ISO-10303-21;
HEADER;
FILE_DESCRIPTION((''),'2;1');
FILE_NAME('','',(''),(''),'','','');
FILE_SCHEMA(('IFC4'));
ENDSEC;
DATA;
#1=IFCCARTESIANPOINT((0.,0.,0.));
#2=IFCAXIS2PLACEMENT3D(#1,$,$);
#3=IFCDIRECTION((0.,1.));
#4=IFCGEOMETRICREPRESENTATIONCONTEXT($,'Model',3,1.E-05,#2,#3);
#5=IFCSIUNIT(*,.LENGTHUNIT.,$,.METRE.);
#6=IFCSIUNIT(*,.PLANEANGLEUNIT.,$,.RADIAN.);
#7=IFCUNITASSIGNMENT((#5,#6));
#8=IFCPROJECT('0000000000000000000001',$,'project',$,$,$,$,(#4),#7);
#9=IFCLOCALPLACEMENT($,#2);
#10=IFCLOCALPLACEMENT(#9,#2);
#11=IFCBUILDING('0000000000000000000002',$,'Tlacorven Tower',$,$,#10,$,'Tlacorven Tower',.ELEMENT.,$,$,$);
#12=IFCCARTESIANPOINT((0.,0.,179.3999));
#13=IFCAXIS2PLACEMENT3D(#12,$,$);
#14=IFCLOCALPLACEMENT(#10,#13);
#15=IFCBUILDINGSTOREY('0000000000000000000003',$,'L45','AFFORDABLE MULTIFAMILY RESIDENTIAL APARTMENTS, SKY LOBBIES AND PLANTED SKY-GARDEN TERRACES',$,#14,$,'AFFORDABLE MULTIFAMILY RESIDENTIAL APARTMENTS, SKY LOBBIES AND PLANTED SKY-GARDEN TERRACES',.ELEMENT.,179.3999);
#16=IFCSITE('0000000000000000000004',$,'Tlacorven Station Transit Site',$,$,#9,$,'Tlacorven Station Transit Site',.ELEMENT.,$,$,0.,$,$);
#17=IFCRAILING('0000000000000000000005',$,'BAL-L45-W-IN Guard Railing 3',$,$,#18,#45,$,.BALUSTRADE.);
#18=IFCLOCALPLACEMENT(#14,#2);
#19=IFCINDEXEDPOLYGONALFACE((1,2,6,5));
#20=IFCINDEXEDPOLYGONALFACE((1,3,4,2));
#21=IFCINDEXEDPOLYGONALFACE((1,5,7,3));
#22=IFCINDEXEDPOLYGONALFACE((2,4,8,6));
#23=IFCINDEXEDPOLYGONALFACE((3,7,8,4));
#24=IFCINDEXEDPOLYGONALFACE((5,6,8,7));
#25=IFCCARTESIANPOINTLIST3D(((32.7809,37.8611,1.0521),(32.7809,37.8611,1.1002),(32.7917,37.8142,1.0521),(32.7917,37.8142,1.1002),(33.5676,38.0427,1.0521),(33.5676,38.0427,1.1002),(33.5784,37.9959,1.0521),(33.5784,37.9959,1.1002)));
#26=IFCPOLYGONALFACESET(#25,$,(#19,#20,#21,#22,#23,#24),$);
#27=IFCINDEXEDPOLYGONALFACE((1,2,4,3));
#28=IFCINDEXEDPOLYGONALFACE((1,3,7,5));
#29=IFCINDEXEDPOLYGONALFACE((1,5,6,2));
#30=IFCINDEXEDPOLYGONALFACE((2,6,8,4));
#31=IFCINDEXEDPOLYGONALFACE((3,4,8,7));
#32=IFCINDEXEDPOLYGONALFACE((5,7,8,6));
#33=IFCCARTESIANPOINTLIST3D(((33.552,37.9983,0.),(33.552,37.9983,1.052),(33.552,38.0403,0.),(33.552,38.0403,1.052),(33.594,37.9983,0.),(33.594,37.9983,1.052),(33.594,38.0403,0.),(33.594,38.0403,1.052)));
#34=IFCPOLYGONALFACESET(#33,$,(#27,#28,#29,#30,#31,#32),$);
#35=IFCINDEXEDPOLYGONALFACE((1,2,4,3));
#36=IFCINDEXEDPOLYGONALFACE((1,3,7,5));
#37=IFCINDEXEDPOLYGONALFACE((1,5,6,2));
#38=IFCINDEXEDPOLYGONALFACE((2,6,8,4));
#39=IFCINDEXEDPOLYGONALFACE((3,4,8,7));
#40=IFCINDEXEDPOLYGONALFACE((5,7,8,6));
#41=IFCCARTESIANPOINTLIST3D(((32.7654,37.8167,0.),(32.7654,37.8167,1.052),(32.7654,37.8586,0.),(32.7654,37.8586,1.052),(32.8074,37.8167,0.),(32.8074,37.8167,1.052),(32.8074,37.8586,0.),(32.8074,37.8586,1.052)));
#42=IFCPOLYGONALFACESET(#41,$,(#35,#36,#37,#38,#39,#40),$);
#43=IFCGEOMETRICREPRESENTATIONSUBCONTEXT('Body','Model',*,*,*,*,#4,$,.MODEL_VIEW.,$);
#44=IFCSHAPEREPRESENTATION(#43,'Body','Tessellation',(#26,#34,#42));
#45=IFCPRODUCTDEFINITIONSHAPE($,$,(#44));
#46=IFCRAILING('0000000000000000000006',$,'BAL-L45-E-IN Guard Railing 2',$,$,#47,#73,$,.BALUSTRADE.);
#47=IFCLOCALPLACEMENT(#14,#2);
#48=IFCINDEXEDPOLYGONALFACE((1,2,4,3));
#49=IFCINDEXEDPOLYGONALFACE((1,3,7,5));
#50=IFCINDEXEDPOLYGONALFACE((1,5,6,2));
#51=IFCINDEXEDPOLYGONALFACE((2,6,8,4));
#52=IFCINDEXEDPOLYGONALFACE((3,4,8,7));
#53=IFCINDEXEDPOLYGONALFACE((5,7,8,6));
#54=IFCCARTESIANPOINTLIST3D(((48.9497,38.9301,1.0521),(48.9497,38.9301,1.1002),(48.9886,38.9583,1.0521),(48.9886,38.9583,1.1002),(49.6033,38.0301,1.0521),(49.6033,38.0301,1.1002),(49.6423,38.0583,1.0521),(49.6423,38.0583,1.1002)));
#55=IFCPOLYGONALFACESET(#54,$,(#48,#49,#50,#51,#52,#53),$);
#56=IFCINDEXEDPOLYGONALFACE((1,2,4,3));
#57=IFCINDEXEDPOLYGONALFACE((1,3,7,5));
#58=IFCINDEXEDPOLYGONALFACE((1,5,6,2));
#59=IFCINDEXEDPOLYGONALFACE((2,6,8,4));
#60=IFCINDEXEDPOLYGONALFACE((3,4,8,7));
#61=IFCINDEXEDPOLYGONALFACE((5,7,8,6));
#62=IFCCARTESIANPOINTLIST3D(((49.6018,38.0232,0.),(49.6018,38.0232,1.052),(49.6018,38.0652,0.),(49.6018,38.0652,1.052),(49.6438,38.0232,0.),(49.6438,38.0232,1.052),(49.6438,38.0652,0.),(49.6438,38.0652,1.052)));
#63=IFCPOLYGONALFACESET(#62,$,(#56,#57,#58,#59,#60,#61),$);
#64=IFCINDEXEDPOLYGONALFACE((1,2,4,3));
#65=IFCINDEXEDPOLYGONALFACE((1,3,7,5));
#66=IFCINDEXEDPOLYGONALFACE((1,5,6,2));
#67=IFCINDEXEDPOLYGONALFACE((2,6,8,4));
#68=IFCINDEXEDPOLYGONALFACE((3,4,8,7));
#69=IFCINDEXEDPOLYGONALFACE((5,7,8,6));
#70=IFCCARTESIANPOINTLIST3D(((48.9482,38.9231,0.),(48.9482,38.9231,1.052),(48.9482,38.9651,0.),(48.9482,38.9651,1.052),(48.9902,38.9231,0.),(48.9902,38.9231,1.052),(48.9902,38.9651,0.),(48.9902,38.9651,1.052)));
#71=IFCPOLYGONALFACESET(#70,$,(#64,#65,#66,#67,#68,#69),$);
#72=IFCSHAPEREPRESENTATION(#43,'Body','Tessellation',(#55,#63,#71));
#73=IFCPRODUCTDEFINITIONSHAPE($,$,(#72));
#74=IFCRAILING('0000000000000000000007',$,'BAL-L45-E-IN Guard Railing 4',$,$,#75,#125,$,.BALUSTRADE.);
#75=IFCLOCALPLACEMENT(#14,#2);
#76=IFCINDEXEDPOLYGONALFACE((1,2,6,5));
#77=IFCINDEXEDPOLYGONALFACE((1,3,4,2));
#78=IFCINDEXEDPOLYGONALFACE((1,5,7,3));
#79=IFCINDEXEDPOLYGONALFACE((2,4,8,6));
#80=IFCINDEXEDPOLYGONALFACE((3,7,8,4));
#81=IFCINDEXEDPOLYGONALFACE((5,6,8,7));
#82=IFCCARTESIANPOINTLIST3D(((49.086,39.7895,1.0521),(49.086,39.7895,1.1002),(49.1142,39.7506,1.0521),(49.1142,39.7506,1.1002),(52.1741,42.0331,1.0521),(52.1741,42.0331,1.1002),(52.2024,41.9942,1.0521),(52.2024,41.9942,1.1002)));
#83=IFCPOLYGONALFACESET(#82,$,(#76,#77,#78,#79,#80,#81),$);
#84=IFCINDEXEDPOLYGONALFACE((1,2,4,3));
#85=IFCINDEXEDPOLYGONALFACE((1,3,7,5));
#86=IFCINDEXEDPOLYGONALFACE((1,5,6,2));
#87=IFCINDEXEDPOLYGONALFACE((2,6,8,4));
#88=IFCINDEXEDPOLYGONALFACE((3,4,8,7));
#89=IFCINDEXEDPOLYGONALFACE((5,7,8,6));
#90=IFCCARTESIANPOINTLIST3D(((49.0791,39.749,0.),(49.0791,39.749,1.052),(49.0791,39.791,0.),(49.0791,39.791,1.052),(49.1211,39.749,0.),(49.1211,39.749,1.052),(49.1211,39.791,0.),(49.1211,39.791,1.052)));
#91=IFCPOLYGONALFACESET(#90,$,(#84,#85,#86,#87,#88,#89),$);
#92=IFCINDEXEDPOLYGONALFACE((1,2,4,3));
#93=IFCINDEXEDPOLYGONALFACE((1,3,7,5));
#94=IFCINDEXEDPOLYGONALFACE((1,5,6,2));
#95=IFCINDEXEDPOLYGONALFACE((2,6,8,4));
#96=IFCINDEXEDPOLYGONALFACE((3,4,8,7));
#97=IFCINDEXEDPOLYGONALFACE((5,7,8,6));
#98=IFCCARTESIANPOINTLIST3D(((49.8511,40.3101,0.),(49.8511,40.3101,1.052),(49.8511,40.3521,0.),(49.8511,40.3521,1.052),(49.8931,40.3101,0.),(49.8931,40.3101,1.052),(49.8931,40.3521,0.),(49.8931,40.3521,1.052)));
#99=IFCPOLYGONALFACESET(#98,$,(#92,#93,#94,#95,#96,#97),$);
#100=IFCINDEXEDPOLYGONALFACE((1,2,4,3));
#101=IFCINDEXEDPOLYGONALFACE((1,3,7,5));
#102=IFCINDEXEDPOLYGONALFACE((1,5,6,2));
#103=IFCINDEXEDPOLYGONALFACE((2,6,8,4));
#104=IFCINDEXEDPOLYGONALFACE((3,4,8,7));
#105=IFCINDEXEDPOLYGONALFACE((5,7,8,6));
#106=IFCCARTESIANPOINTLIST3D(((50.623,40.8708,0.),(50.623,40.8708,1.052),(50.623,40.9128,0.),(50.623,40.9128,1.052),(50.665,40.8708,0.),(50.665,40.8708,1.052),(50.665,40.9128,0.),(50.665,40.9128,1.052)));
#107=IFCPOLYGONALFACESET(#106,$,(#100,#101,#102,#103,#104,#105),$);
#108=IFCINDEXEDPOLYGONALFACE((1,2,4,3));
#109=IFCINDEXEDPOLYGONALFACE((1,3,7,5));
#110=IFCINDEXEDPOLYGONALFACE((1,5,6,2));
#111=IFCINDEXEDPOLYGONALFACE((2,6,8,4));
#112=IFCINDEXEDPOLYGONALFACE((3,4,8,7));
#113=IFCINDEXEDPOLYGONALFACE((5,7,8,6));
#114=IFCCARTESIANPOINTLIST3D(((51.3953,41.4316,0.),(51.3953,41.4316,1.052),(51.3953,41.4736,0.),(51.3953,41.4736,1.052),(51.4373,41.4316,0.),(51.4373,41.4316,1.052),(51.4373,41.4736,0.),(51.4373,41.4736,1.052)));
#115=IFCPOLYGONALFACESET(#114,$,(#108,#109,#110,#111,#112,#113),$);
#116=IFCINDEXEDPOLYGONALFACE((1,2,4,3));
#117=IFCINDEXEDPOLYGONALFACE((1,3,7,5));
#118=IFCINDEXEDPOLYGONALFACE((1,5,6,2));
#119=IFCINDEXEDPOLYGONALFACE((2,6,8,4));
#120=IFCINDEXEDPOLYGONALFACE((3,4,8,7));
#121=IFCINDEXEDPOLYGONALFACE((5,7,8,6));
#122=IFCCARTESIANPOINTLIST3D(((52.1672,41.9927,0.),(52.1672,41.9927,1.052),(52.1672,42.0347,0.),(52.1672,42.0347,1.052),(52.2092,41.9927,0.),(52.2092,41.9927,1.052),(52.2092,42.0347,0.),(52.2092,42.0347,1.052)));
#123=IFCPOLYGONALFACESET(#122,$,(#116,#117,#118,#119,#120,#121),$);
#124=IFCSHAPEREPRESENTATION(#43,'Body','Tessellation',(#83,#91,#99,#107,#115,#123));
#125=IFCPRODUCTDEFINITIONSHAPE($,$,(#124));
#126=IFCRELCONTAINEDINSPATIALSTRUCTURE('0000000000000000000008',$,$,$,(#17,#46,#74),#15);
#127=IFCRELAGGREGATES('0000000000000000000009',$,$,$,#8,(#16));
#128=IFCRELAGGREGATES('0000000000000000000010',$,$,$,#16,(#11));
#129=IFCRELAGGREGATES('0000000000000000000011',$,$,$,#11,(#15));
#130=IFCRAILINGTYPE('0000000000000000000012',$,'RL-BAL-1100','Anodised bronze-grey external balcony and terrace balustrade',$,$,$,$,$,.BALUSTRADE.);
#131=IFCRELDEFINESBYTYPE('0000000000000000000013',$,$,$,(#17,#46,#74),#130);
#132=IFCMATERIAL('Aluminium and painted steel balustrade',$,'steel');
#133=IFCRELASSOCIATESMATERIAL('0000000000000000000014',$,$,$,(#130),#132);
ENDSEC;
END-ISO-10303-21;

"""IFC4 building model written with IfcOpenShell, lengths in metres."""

from ifc_helpers import new_model, si_unit, direction, frame, origin, origin_2d, place, context, subcontext, project, spatial, rectangle, extrude, source, transform, mapped, material, type_object, element, save


model = new_model("IFC4")

# Units and contexts
model_context = context("Model", 3, precision=1e-05, world=origin(), true_north=direction((0.0, 1.0)))
body_context = subcontext(model_context, "Body", "Model", "MODEL_VIEW")
ifc_project = project(units=[si_unit("LENGTHUNIT", "METRE"), si_unit("PLANEANGLEUNIT", "RADIAN")], contexts=[model_context])

# Site, building, storey
site_placement = place(None, origin())
site = spatial("IfcSite", under=ifc_project, at=site_placement, Name="Tlacorven Station Transit Site", LongName="Tlacorven Station Transit Site", CompositionType="ELEMENT", RefElevation=0.0)
building_placement = place(site_placement, origin())
building = spatial("IfcBuilding", under=site, at=building_placement, Name="Tlacorven Tower", LongName="Tlacorven Tower", CompositionType="ELEMENT")
storey_placement = place(building_placement, frame((0.0, 0.0, 179.3999)))
storey = spatial("IfcBuildingStorey", under=building, at=storey_placement, Name="L45", Description="AFFORDABLE MULTIFAMILY RESIDENTIAL APARTMENTS, SKY LOBBIES AND PLANTED SKY-GARDEN TERRACES", LongName="AFFORDABLE MULTIFAMILY RESIDENTIAL APARTMENTS, SKY LOBBIES AND PLANTED SKY-GARDEN TERRACES", CompositionType="ELEMENT", Elevation=179.3999)

# Railings
ifc_material_1 = material(Name="Aluminium and painted steel balustrade", Category="steel")
railing_type = type_object("IfcRailingType", Name="RL-BAL-1100", Description="Anodised bronze-grey external balcony and terrace balustrade", PredefinedType="BALUSTRADE", material=ifc_material_1)
shared_shape_1 = source(origin(), body_context, "Body", "SweptSolid", [
    extrude(rectangle(XDim=0.0481, YDim=0.0481, at=origin_2d()), frame((0.0, 0.0, 1.0762), z_axis=(-0.974361, -0.224992, 0.0), x_axis=(0.224992, -0.974361, 0.0)), (0.0, 0.0, 1.0), 0.8074),
    extrude(rectangle(XDim=0.042, YDim=0.042, at=origin_2d()), origin(), (0.0, 0.0, 1.0), 1.052),
    extrude(rectangle(XDim=0.042, YDim=0.042, at=origin_2d()), frame((-0.7866, -0.1816, 0.0)), (0.0, 0.0, 1.0), 1.052),
])
railing_1_placement = place(storey_placement, frame((33.573, 38.0193, 0.0)))
element("IfcRailing", 1, at=railing_1_placement, inside=storey, type_object=railing_type, Name="BAL-L45-W-IN Guard Railing 3", PredefinedType="BALUSTRADE", context=body_context, shape_type="MappedRepresentation", body=[
    mapped(shared_shape_1, transform((0.0, 0.0, 0.0), scale=1.0)),
])
shared_shape_2 = source(origin(), body_context, "Body", "SweptSolid", [
    extrude(rectangle(XDim=0.0481, YDim=0.0481, at=origin_2d()), frame((0.0, 0.0, 1.0762), z_axis=(-0.587636, 0.809125, 0.0), x_axis=(-0.809125, -0.587636, 0.0)), (0.0, 0.0, 1.0), 1.1123),
    extrude(rectangle(XDim=0.042, YDim=0.042, at=origin_2d()), origin(), (0.0, 0.0, 1.0), 1.052),
    extrude(rectangle(XDim=0.042, YDim=0.042, at=origin_2d()), frame((-0.6536, 0.8999, 0.0)), (0.0, 0.0, 1.0), 1.052),
])
railing_2_placement = place(storey_placement, frame((49.6228, 38.0442, 0.0)))
element("IfcRailing", 2, at=railing_2_placement, inside=storey, type_object=railing_type, Name="BAL-L45-E-IN Guard Railing 2", PredefinedType="BALUSTRADE", context=body_context, shape_type="MappedRepresentation", body=[
    mapped(shared_shape_2, transform((0.0, 0.0, 0.0), scale=1.0)),
])
shared_shape_3 = source(origin(), body_context, "Body", "SweptSolid", [
    extrude(rectangle(XDim=0.0481, YDim=0.0481, at=origin_2d()), frame((0.0, 0.0, 1.0762), z_axis=(0.809018, 0.587784, 0.0), x_axis=(-0.587784, 0.809018, 0.0)), (0.0, 0.0, 1.0), 3.8171),
    extrude(rectangle(XDim=0.042, YDim=0.042, at=origin_2d()), origin(), (0.0, 0.0, 1.0), 1.052),
    extrude(rectangle(XDim=0.042, YDim=0.042, at=origin_2d()), frame((0.772, 0.561, 0.0)), (0.0, 0.0, 1.0), 1.052),
    extrude(rectangle(XDim=0.042, YDim=0.042, at=origin_2d()), frame((1.5439, 1.1218, 0.0)), (0.0, 0.0, 1.0), 1.052),
    extrude(rectangle(XDim=0.042, YDim=0.042, at=origin_2d()), frame((2.3162, 1.6826, 0.0)), (0.0, 0.0, 1.0), 1.052),
    extrude(rectangle(XDim=0.042, YDim=0.042, at=origin_2d()), frame((3.0881, 2.2437, 0.0)), (0.0, 0.0, 1.0), 1.052),
])
railing_3_placement = place(storey_placement, frame((49.1001, 39.77, 0.0)))
element("IfcRailing", 3, at=railing_3_placement, inside=storey, type_object=railing_type, Name="BAL-L45-E-IN Guard Railing 4", PredefinedType="BALUSTRADE", context=body_context, shape_type="MappedRepresentation", body=[
    mapped(shared_shape_3, transform((0.0, 0.0, 0.0), scale=1.0)),
])

save(model, "model.ifc")
